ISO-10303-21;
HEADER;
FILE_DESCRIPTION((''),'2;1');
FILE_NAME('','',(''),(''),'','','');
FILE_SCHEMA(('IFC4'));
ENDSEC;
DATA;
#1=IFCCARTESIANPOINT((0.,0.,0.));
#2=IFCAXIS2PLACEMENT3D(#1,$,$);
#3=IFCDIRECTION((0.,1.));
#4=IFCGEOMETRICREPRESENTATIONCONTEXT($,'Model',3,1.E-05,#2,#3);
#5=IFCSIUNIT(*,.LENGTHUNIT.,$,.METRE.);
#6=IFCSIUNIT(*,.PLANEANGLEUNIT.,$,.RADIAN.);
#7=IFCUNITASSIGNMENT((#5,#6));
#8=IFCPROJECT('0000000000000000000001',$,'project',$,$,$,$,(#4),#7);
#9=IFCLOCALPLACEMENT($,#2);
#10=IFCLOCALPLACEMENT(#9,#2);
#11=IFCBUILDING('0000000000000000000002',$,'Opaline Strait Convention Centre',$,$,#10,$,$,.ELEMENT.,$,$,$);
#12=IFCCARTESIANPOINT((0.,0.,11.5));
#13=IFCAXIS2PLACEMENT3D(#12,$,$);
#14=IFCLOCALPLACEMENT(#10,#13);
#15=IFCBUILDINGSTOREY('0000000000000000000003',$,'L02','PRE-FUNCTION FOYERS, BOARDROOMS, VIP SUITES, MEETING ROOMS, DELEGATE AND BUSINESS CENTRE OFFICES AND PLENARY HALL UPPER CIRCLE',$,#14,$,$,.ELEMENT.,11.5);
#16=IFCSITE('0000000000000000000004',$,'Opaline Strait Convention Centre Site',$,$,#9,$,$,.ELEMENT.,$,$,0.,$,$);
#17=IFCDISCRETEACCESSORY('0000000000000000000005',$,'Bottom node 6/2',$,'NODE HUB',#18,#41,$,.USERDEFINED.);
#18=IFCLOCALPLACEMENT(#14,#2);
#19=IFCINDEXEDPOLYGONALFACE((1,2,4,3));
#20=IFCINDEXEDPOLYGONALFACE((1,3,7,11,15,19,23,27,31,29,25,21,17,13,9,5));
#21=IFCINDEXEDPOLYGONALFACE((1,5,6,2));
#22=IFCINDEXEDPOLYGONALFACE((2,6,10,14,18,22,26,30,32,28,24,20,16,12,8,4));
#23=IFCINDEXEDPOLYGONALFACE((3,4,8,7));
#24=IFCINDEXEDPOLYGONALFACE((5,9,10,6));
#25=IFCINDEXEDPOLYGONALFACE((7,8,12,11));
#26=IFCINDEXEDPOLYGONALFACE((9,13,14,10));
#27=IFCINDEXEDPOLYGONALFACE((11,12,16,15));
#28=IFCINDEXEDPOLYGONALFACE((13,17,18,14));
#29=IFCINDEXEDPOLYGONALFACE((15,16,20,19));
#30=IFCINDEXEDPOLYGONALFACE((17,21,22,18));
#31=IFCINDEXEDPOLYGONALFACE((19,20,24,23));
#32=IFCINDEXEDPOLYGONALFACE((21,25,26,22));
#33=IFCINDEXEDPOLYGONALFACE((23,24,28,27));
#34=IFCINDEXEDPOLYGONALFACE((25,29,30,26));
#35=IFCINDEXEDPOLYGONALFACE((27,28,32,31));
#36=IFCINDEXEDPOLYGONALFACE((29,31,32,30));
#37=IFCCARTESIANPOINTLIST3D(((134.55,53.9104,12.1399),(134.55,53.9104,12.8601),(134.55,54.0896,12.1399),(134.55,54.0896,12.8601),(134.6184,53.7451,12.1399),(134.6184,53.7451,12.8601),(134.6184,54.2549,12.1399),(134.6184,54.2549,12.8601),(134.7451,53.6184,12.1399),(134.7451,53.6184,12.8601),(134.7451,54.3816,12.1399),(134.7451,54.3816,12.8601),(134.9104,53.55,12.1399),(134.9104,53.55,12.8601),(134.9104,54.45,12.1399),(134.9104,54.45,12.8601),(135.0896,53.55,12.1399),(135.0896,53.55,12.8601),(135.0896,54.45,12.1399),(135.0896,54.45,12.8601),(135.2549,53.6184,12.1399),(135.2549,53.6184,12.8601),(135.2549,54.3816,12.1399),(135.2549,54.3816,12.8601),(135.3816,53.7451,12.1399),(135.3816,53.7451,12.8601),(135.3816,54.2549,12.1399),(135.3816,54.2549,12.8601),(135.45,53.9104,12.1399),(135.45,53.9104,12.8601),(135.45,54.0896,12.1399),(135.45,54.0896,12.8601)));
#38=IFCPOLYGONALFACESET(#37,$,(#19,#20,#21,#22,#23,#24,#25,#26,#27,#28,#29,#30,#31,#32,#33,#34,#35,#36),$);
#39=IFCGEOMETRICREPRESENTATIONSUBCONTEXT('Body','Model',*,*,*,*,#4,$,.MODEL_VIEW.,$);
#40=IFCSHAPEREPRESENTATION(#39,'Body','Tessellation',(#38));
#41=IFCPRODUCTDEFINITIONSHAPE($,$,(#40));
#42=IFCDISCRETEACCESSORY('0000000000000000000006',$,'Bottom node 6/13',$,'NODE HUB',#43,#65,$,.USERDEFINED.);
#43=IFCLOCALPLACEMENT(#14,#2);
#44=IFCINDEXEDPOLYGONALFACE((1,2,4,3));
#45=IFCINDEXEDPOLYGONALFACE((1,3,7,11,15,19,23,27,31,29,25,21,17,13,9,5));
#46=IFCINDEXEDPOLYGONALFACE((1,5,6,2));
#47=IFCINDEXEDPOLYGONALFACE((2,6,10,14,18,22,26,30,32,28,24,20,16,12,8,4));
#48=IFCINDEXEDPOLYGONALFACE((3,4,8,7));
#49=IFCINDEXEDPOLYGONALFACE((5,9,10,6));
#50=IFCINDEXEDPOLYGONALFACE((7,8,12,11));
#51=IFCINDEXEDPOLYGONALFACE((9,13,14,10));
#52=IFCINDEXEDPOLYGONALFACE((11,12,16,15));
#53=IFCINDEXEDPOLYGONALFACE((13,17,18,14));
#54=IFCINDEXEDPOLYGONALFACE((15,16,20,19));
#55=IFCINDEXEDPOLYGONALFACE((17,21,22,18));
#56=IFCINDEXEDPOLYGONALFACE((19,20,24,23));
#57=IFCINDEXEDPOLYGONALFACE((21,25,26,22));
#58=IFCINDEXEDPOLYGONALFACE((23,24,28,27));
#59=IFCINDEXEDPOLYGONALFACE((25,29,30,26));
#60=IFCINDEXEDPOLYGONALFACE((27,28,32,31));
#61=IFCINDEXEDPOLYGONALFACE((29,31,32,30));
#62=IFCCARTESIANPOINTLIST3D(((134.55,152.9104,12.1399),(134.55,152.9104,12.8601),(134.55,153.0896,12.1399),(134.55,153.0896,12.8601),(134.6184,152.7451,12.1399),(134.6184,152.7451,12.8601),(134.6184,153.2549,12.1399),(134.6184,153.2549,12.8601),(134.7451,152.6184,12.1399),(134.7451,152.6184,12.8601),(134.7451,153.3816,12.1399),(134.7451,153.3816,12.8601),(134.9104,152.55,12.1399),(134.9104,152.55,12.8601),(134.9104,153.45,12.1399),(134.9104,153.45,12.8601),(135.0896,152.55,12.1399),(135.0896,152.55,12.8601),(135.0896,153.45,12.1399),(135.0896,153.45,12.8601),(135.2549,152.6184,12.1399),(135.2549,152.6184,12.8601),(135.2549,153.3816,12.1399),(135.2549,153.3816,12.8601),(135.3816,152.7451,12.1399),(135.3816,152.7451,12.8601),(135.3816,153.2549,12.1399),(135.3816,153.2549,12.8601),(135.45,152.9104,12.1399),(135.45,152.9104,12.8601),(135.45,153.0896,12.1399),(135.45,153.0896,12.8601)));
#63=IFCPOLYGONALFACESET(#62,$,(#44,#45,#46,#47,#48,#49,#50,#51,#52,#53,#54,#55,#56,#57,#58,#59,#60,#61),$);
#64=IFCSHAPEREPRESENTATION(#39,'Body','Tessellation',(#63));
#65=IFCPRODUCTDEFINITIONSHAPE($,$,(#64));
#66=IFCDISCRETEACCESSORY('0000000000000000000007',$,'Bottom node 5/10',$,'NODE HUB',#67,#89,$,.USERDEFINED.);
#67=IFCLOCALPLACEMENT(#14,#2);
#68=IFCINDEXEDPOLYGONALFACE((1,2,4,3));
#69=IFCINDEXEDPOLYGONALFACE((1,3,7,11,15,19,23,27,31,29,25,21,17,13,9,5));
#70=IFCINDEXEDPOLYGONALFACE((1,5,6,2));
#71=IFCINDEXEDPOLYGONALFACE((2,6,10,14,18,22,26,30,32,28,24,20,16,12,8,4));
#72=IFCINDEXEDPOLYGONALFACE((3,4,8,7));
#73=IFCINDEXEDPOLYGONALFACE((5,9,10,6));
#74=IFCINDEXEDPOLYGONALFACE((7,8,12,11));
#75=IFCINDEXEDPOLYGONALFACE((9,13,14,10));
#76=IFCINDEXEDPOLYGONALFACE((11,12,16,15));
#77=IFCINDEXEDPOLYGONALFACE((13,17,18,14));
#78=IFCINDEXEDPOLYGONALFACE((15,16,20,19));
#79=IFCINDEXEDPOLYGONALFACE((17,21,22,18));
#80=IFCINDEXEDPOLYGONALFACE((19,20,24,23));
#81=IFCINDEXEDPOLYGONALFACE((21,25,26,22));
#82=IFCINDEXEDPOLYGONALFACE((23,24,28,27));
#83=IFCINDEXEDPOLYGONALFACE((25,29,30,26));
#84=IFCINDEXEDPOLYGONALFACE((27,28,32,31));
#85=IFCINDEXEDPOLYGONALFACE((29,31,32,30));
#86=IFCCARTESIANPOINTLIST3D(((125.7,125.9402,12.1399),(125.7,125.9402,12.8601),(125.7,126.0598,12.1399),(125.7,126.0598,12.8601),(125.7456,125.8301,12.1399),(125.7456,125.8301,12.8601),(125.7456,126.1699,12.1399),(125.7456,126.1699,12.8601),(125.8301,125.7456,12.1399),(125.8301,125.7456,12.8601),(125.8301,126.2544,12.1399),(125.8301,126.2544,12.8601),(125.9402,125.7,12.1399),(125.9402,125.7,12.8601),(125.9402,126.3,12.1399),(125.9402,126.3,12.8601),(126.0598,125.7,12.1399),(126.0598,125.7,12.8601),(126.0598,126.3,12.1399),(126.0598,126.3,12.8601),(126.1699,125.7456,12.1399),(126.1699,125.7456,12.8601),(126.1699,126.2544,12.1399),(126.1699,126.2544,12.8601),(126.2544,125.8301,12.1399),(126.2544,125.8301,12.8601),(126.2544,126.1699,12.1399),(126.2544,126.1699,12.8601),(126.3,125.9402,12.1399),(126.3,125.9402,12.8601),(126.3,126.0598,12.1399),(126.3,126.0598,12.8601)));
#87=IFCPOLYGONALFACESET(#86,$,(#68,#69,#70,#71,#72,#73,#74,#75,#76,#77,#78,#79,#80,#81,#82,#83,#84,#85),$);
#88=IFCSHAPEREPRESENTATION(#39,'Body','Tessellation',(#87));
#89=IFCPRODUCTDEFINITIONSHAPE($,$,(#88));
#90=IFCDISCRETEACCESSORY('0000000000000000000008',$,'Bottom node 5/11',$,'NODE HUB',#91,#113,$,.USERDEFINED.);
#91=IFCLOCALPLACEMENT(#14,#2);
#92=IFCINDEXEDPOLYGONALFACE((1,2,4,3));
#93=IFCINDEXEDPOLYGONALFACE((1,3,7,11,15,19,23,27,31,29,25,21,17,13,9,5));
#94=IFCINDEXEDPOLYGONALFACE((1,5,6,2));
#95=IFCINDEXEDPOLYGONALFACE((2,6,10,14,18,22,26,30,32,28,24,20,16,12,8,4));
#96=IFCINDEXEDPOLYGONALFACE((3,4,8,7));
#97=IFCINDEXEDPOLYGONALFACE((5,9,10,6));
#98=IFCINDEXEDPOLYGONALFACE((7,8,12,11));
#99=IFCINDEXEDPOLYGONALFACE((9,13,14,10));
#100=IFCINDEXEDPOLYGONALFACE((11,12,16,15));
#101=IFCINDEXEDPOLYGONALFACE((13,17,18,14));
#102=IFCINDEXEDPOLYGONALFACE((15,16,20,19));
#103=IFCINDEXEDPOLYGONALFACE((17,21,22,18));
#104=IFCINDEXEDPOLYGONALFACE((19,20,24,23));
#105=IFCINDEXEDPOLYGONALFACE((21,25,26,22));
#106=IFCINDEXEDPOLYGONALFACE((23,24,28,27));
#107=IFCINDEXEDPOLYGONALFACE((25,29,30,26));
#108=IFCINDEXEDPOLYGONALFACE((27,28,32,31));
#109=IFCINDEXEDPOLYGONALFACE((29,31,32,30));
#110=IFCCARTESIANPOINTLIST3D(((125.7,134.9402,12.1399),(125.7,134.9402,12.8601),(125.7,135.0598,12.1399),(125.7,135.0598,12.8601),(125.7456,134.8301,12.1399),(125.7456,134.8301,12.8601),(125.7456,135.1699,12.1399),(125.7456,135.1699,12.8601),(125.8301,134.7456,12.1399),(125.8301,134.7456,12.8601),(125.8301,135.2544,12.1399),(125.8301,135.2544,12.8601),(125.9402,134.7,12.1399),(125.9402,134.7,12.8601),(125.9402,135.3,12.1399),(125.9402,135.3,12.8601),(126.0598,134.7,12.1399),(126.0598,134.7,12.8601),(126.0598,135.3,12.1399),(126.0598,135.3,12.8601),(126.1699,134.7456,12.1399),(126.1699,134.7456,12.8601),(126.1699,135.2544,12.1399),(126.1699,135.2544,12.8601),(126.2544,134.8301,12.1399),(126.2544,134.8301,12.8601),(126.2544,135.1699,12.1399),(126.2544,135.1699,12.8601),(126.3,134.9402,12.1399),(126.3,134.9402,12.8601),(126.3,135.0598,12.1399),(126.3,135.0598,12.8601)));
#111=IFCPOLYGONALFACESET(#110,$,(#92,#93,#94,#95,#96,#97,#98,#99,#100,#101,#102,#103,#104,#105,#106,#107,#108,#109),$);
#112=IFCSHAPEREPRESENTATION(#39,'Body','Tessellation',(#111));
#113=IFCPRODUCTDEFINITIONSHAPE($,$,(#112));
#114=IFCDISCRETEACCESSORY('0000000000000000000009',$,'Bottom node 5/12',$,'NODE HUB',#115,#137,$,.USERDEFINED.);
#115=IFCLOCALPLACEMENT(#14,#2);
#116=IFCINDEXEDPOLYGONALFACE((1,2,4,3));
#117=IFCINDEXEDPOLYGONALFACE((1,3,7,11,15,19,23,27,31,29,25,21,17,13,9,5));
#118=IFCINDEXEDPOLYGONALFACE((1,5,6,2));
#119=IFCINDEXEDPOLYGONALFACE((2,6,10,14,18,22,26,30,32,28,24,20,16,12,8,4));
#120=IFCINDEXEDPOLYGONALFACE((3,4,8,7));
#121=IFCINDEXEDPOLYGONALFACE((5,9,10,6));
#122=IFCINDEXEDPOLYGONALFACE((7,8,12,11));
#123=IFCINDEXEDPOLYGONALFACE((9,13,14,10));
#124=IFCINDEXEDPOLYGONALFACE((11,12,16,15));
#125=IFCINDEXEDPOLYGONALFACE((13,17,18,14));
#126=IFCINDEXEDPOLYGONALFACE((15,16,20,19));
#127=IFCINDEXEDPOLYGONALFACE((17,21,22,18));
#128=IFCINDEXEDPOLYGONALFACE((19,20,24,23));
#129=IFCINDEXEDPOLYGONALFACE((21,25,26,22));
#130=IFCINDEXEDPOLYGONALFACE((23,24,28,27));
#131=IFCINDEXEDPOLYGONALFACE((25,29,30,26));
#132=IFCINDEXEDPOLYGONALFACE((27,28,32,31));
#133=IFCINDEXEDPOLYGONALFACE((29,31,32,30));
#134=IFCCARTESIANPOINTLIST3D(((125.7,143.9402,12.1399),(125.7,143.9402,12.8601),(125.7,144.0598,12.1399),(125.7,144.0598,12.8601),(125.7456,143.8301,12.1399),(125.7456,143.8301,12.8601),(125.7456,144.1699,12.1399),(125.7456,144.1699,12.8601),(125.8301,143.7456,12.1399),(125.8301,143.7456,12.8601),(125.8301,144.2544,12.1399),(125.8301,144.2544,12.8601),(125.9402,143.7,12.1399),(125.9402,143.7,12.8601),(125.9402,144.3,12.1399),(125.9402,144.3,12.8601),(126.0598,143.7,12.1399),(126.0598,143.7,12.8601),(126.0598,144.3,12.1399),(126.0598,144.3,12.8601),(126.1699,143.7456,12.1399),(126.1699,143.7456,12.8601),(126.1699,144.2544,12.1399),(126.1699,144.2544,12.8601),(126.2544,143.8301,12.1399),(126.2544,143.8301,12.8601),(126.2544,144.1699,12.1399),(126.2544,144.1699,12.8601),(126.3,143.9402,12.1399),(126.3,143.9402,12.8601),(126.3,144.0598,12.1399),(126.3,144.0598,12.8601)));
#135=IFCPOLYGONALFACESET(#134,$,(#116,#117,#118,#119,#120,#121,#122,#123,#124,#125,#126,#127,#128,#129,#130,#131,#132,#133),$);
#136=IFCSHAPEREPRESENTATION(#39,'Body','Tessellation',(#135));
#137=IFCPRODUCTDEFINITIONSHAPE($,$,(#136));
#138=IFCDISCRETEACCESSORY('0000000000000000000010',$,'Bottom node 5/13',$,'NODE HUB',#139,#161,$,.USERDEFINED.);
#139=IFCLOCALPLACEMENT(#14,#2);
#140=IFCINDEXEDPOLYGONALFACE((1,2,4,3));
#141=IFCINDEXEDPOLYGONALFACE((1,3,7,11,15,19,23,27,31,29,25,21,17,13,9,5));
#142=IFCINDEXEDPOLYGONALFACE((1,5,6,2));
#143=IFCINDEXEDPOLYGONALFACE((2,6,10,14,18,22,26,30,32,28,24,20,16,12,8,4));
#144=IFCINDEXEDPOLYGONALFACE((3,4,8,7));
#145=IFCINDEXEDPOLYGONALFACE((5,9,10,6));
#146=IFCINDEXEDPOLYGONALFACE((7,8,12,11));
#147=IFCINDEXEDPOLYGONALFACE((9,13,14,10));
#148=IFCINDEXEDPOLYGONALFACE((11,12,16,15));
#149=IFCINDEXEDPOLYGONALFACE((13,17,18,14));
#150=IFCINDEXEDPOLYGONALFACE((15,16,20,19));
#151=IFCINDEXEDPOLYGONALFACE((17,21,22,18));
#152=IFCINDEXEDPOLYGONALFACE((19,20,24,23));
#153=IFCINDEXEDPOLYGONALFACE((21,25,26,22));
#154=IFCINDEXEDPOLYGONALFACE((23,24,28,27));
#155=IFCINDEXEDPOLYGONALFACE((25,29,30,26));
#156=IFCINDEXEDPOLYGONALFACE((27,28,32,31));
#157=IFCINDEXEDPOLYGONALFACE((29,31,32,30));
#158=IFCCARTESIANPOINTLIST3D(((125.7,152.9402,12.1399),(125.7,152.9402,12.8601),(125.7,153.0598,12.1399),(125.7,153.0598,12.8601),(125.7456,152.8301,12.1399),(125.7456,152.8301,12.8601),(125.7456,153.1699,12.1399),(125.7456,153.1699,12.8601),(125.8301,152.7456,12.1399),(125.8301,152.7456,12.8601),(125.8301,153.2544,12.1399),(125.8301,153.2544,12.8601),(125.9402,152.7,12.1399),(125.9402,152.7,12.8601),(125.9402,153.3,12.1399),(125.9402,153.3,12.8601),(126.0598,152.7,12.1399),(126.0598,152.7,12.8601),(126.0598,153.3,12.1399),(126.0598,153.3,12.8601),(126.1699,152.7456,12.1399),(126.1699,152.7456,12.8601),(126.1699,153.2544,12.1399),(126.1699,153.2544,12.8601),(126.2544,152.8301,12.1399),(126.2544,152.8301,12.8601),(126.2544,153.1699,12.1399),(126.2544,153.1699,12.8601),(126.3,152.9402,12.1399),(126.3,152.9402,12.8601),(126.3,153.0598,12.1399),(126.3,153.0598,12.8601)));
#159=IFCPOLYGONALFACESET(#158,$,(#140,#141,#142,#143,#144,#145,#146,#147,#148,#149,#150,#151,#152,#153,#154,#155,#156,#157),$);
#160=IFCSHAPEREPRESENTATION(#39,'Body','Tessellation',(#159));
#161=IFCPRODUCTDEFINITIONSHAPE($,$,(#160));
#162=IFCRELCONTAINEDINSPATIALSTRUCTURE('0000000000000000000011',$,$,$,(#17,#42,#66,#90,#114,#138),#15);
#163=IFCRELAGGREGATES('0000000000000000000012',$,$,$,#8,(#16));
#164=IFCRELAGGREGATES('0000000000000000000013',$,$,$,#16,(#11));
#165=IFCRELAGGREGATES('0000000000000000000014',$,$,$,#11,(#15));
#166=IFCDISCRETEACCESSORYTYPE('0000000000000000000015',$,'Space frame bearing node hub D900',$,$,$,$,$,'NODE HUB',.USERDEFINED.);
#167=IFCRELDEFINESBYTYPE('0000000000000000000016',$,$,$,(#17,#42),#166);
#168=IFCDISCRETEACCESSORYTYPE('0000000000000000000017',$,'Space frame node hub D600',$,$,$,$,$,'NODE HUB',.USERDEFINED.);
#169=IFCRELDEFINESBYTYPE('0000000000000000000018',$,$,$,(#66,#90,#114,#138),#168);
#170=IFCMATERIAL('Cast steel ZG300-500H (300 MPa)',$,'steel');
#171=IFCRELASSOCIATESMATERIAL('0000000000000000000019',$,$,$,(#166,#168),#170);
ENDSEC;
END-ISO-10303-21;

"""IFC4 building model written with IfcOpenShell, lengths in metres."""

from ifc_helpers import new_model, si_unit, direction, frame, origin, place, context, subcontext, project, spatial, polyline, outline, extrude, material, type_object, element, save


model = new_model("IFC4")

# Units and contexts
model_context = context("Model", 3, precision=1e-05, world=origin(), true_north=direction((0.0, 1.0)))
body_context = subcontext(model_context, "Body", "Model", "MODEL_VIEW")
ifc_project = project(units=[si_unit("LENGTHUNIT", "METRE"), si_unit("PLANEANGLEUNIT", "RADIAN")], contexts=[model_context])

# Site, building, storey
site_placement = place(None, origin())
site = spatial("IfcSite", under=ifc_project, at=site_placement, Name="Opaline Strait Convention Centre Site", CompositionType="ELEMENT", RefElevation=0.0)
building_placement = place(site_placement, origin())
building = spatial("IfcBuilding", under=site, at=building_placement, Name="Opaline Strait Convention Centre", CompositionType="ELEMENT")
storey_placement = place(building_placement, frame((0.0, 0.0, 11.5)))
storey = spatial("IfcBuildingStorey", under=building, at=storey_placement, Name="L02", Description="PRE-FUNCTION FOYERS, BOARDROOMS, VIP SUITES, MEETING ROOMS, DELEGATE AND BUSINESS CENTRE OFFICES AND PLENARY HALL UPPER CIRCLE", CompositionType="ELEMENT", Elevation=11.5)

# Discrete accessories
ifc_material = material(Name="Cast steel ZG300-500H (300 MPa)", Category="steel")
discrete_accessory_type_1 = type_object("IfcDiscreteAccessoryType", Name="Space frame bearing node hub D900", ElementType="NODE HUB", PredefinedType="USERDEFINED", material=ifc_material)
discrete_accessory_1_placement = place(storey_placement, frame((0.0, 0.0, 12.1399)))
element("IfcDiscreteAccessory", 1, at=discrete_accessory_1_placement, inside=storey, type_object=discrete_accessory_type_1, Name="Bottom node 6/2", ObjectType="NODE HUB", PredefinedType="USERDEFINED", context=body_context, shape_type="SweptSolid", body=[
    extrude(outline(polyline([(135.45, 54.0896), (135.3816, 54.2549), (135.2549, 54.3816), (135.0896, 54.45), (134.9104, 54.45), (134.7451, 54.3816), (134.6184, 54.2549), (134.55, 54.0896), (134.55, 53.9104), (134.6184, 53.7451), (134.7451, 53.6184), (134.9104, 53.55), (135.0896, 53.55), (135.2549, 53.6184), (135.3816, 53.7451), (135.45, 53.9104), (135.45, 54.0896)])), origin(), (0.0, 0.0, 1.0), 0.7202),
])
discrete_accessory_2_placement = place(storey_placement, frame((0.0, 0.0, 12.1399)))
element("IfcDiscreteAccessory", 2, at=discrete_accessory_2_placement, inside=storey, type_object=discrete_accessory_type_1, Name="Bottom node 6/13", ObjectType="NODE HUB", PredefinedType="USERDEFINED", context=body_context, shape_type="SweptSolid", body=[
    extrude(outline(polyline([(135.45, 153.0896), (135.3816, 153.2549), (135.2549, 153.3816), (135.0896, 153.45), (134.9104, 153.45), (134.7451, 153.3816), (134.6184, 153.2549), (134.55, 153.0896), (134.55, 152.9104), (134.6184, 152.7451), (134.7451, 152.6184), (134.9104, 152.55), (135.0896, 152.55), (135.2549, 152.6184), (135.3816, 152.7451), (135.45, 152.9104), (135.45, 153.0896)])), origin(), (0.0, 0.0, 1.0), 0.7202),
])
discrete_accessory_type_2 = type_object("IfcDiscreteAccessoryType", Name="Space frame node hub D600", ElementType="NODE HUB", PredefinedType="USERDEFINED", material=ifc_material)
discrete_accessory_3_placement = place(storey_placement, frame((0.0, 0.0, 12.1399)))
element("IfcDiscreteAccessory", 3, at=discrete_accessory_3_placement, inside=storey, type_object=discrete_accessory_type_2, Name="Bottom node 5/10", ObjectType="NODE HUB", PredefinedType="USERDEFINED", context=body_context, shape_type="SweptSolid", body=[
    extrude(outline(polyline([(126.3, 126.0598), (126.2544, 126.1699), (126.1699, 126.2544), (126.0598, 126.3), (125.9402, 126.3), (125.8301, 126.2544), (125.7456, 126.1699), (125.7, 126.0598), (125.7, 125.9402), (125.7456, 125.8301), (125.8301, 125.7456), (125.9402, 125.7), (126.0598, 125.7), (126.1699, 125.7456), (126.2544, 125.8301), (126.3, 125.9402), (126.3, 126.0598)])), origin(), (0.0, 0.0, 1.0), 0.7202),
])
discrete_accessory_4_placement = place(storey_placement, frame((0.0, 0.0, 12.1399)))
element("IfcDiscreteAccessory", 4, at=discrete_accessory_4_placement, inside=storey, type_object=discrete_accessory_type_2, Name="Bottom node 5/11", ObjectType="NODE HUB", PredefinedType="USERDEFINED", context=body_context, shape_type="SweptSolid", body=[
    extrude(outline(polyline([(126.3, 135.0598), (126.2544, 135.1699), (126.1699, 135.2544), (126.0598, 135.3), (125.9402, 135.3), (125.8301, 135.2544), (125.7456, 135.1699), (125.7, 135.0598), (125.7, 134.9402), (125.7456, 134.8301), (125.8301, 134.7456), (125.9402, 134.7), (126.0598, 134.7), (126.1699, 134.7456), (126.2544, 134.8301), (126.3, 134.9402), (126.3, 135.0598)])), origin(), (0.0, 0.0, 1.0), 0.7202),
])
discrete_accessory_5_placement = place(storey_placement, frame((0.0, 0.0, 12.1399)))
element("IfcDiscreteAccessory", 5, at=discrete_accessory_5_placement, inside=storey, type_object=discrete_accessory_type_2, Name="Bottom node 5/12", ObjectType="NODE HUB", PredefinedType="USERDEFINED", context=body_context, shape_type="SweptSolid", body=[
    extrude(outline(polyline([(126.3, 144.0598), (126.2544, 144.1699), (126.1699, 144.2544), (126.0598, 144.3), (125.9402, 144.3), (125.8301, 144.2544), (125.7456, 144.1699), (125.7, 144.0598), (125.7, 143.9402), (125.7456, 143.8301), (125.8301, 143.7456), (125.9402, 143.7), (126.0598, 143.7), (126.1699, 143.7456), (126.2544, 143.8301), (126.3, 143.9402), (126.3, 144.0598)])), origin(), (0.0, 0.0, 1.0), 0.7202),
])
discrete_accessory_6_placement = place(storey_placement, frame((0.0, 0.0, 12.1399)))
element("IfcDiscreteAccessory", 6, at=discrete_accessory_6_placement, inside=storey, type_object=discrete_accessory_type_2, Name="Bottom node 5/13", ObjectType="NODE HUB", PredefinedType="USERDEFINED", context=body_context, shape_type="SweptSolid", body=[
    extrude(outline(polyline([(126.3, 153.0598), (126.2544, 153.1699), (126.1699, 153.2544), (126.0598, 153.3), (125.9402, 153.3), (125.8301, 153.2544), (125.7456, 153.1699), (125.7, 153.0598), (125.7, 152.9402), (125.7456, 152.8301), (125.8301, 152.7456), (125.9402, 152.7), (126.0598, 152.7), (126.1699, 152.7456), (126.2544, 152.8301), (126.3, 152.9402), (126.3, 153.0598)])), origin(), (0.0, 0.0, 1.0), 0.7202),
])

save(model, "model.ifc")
